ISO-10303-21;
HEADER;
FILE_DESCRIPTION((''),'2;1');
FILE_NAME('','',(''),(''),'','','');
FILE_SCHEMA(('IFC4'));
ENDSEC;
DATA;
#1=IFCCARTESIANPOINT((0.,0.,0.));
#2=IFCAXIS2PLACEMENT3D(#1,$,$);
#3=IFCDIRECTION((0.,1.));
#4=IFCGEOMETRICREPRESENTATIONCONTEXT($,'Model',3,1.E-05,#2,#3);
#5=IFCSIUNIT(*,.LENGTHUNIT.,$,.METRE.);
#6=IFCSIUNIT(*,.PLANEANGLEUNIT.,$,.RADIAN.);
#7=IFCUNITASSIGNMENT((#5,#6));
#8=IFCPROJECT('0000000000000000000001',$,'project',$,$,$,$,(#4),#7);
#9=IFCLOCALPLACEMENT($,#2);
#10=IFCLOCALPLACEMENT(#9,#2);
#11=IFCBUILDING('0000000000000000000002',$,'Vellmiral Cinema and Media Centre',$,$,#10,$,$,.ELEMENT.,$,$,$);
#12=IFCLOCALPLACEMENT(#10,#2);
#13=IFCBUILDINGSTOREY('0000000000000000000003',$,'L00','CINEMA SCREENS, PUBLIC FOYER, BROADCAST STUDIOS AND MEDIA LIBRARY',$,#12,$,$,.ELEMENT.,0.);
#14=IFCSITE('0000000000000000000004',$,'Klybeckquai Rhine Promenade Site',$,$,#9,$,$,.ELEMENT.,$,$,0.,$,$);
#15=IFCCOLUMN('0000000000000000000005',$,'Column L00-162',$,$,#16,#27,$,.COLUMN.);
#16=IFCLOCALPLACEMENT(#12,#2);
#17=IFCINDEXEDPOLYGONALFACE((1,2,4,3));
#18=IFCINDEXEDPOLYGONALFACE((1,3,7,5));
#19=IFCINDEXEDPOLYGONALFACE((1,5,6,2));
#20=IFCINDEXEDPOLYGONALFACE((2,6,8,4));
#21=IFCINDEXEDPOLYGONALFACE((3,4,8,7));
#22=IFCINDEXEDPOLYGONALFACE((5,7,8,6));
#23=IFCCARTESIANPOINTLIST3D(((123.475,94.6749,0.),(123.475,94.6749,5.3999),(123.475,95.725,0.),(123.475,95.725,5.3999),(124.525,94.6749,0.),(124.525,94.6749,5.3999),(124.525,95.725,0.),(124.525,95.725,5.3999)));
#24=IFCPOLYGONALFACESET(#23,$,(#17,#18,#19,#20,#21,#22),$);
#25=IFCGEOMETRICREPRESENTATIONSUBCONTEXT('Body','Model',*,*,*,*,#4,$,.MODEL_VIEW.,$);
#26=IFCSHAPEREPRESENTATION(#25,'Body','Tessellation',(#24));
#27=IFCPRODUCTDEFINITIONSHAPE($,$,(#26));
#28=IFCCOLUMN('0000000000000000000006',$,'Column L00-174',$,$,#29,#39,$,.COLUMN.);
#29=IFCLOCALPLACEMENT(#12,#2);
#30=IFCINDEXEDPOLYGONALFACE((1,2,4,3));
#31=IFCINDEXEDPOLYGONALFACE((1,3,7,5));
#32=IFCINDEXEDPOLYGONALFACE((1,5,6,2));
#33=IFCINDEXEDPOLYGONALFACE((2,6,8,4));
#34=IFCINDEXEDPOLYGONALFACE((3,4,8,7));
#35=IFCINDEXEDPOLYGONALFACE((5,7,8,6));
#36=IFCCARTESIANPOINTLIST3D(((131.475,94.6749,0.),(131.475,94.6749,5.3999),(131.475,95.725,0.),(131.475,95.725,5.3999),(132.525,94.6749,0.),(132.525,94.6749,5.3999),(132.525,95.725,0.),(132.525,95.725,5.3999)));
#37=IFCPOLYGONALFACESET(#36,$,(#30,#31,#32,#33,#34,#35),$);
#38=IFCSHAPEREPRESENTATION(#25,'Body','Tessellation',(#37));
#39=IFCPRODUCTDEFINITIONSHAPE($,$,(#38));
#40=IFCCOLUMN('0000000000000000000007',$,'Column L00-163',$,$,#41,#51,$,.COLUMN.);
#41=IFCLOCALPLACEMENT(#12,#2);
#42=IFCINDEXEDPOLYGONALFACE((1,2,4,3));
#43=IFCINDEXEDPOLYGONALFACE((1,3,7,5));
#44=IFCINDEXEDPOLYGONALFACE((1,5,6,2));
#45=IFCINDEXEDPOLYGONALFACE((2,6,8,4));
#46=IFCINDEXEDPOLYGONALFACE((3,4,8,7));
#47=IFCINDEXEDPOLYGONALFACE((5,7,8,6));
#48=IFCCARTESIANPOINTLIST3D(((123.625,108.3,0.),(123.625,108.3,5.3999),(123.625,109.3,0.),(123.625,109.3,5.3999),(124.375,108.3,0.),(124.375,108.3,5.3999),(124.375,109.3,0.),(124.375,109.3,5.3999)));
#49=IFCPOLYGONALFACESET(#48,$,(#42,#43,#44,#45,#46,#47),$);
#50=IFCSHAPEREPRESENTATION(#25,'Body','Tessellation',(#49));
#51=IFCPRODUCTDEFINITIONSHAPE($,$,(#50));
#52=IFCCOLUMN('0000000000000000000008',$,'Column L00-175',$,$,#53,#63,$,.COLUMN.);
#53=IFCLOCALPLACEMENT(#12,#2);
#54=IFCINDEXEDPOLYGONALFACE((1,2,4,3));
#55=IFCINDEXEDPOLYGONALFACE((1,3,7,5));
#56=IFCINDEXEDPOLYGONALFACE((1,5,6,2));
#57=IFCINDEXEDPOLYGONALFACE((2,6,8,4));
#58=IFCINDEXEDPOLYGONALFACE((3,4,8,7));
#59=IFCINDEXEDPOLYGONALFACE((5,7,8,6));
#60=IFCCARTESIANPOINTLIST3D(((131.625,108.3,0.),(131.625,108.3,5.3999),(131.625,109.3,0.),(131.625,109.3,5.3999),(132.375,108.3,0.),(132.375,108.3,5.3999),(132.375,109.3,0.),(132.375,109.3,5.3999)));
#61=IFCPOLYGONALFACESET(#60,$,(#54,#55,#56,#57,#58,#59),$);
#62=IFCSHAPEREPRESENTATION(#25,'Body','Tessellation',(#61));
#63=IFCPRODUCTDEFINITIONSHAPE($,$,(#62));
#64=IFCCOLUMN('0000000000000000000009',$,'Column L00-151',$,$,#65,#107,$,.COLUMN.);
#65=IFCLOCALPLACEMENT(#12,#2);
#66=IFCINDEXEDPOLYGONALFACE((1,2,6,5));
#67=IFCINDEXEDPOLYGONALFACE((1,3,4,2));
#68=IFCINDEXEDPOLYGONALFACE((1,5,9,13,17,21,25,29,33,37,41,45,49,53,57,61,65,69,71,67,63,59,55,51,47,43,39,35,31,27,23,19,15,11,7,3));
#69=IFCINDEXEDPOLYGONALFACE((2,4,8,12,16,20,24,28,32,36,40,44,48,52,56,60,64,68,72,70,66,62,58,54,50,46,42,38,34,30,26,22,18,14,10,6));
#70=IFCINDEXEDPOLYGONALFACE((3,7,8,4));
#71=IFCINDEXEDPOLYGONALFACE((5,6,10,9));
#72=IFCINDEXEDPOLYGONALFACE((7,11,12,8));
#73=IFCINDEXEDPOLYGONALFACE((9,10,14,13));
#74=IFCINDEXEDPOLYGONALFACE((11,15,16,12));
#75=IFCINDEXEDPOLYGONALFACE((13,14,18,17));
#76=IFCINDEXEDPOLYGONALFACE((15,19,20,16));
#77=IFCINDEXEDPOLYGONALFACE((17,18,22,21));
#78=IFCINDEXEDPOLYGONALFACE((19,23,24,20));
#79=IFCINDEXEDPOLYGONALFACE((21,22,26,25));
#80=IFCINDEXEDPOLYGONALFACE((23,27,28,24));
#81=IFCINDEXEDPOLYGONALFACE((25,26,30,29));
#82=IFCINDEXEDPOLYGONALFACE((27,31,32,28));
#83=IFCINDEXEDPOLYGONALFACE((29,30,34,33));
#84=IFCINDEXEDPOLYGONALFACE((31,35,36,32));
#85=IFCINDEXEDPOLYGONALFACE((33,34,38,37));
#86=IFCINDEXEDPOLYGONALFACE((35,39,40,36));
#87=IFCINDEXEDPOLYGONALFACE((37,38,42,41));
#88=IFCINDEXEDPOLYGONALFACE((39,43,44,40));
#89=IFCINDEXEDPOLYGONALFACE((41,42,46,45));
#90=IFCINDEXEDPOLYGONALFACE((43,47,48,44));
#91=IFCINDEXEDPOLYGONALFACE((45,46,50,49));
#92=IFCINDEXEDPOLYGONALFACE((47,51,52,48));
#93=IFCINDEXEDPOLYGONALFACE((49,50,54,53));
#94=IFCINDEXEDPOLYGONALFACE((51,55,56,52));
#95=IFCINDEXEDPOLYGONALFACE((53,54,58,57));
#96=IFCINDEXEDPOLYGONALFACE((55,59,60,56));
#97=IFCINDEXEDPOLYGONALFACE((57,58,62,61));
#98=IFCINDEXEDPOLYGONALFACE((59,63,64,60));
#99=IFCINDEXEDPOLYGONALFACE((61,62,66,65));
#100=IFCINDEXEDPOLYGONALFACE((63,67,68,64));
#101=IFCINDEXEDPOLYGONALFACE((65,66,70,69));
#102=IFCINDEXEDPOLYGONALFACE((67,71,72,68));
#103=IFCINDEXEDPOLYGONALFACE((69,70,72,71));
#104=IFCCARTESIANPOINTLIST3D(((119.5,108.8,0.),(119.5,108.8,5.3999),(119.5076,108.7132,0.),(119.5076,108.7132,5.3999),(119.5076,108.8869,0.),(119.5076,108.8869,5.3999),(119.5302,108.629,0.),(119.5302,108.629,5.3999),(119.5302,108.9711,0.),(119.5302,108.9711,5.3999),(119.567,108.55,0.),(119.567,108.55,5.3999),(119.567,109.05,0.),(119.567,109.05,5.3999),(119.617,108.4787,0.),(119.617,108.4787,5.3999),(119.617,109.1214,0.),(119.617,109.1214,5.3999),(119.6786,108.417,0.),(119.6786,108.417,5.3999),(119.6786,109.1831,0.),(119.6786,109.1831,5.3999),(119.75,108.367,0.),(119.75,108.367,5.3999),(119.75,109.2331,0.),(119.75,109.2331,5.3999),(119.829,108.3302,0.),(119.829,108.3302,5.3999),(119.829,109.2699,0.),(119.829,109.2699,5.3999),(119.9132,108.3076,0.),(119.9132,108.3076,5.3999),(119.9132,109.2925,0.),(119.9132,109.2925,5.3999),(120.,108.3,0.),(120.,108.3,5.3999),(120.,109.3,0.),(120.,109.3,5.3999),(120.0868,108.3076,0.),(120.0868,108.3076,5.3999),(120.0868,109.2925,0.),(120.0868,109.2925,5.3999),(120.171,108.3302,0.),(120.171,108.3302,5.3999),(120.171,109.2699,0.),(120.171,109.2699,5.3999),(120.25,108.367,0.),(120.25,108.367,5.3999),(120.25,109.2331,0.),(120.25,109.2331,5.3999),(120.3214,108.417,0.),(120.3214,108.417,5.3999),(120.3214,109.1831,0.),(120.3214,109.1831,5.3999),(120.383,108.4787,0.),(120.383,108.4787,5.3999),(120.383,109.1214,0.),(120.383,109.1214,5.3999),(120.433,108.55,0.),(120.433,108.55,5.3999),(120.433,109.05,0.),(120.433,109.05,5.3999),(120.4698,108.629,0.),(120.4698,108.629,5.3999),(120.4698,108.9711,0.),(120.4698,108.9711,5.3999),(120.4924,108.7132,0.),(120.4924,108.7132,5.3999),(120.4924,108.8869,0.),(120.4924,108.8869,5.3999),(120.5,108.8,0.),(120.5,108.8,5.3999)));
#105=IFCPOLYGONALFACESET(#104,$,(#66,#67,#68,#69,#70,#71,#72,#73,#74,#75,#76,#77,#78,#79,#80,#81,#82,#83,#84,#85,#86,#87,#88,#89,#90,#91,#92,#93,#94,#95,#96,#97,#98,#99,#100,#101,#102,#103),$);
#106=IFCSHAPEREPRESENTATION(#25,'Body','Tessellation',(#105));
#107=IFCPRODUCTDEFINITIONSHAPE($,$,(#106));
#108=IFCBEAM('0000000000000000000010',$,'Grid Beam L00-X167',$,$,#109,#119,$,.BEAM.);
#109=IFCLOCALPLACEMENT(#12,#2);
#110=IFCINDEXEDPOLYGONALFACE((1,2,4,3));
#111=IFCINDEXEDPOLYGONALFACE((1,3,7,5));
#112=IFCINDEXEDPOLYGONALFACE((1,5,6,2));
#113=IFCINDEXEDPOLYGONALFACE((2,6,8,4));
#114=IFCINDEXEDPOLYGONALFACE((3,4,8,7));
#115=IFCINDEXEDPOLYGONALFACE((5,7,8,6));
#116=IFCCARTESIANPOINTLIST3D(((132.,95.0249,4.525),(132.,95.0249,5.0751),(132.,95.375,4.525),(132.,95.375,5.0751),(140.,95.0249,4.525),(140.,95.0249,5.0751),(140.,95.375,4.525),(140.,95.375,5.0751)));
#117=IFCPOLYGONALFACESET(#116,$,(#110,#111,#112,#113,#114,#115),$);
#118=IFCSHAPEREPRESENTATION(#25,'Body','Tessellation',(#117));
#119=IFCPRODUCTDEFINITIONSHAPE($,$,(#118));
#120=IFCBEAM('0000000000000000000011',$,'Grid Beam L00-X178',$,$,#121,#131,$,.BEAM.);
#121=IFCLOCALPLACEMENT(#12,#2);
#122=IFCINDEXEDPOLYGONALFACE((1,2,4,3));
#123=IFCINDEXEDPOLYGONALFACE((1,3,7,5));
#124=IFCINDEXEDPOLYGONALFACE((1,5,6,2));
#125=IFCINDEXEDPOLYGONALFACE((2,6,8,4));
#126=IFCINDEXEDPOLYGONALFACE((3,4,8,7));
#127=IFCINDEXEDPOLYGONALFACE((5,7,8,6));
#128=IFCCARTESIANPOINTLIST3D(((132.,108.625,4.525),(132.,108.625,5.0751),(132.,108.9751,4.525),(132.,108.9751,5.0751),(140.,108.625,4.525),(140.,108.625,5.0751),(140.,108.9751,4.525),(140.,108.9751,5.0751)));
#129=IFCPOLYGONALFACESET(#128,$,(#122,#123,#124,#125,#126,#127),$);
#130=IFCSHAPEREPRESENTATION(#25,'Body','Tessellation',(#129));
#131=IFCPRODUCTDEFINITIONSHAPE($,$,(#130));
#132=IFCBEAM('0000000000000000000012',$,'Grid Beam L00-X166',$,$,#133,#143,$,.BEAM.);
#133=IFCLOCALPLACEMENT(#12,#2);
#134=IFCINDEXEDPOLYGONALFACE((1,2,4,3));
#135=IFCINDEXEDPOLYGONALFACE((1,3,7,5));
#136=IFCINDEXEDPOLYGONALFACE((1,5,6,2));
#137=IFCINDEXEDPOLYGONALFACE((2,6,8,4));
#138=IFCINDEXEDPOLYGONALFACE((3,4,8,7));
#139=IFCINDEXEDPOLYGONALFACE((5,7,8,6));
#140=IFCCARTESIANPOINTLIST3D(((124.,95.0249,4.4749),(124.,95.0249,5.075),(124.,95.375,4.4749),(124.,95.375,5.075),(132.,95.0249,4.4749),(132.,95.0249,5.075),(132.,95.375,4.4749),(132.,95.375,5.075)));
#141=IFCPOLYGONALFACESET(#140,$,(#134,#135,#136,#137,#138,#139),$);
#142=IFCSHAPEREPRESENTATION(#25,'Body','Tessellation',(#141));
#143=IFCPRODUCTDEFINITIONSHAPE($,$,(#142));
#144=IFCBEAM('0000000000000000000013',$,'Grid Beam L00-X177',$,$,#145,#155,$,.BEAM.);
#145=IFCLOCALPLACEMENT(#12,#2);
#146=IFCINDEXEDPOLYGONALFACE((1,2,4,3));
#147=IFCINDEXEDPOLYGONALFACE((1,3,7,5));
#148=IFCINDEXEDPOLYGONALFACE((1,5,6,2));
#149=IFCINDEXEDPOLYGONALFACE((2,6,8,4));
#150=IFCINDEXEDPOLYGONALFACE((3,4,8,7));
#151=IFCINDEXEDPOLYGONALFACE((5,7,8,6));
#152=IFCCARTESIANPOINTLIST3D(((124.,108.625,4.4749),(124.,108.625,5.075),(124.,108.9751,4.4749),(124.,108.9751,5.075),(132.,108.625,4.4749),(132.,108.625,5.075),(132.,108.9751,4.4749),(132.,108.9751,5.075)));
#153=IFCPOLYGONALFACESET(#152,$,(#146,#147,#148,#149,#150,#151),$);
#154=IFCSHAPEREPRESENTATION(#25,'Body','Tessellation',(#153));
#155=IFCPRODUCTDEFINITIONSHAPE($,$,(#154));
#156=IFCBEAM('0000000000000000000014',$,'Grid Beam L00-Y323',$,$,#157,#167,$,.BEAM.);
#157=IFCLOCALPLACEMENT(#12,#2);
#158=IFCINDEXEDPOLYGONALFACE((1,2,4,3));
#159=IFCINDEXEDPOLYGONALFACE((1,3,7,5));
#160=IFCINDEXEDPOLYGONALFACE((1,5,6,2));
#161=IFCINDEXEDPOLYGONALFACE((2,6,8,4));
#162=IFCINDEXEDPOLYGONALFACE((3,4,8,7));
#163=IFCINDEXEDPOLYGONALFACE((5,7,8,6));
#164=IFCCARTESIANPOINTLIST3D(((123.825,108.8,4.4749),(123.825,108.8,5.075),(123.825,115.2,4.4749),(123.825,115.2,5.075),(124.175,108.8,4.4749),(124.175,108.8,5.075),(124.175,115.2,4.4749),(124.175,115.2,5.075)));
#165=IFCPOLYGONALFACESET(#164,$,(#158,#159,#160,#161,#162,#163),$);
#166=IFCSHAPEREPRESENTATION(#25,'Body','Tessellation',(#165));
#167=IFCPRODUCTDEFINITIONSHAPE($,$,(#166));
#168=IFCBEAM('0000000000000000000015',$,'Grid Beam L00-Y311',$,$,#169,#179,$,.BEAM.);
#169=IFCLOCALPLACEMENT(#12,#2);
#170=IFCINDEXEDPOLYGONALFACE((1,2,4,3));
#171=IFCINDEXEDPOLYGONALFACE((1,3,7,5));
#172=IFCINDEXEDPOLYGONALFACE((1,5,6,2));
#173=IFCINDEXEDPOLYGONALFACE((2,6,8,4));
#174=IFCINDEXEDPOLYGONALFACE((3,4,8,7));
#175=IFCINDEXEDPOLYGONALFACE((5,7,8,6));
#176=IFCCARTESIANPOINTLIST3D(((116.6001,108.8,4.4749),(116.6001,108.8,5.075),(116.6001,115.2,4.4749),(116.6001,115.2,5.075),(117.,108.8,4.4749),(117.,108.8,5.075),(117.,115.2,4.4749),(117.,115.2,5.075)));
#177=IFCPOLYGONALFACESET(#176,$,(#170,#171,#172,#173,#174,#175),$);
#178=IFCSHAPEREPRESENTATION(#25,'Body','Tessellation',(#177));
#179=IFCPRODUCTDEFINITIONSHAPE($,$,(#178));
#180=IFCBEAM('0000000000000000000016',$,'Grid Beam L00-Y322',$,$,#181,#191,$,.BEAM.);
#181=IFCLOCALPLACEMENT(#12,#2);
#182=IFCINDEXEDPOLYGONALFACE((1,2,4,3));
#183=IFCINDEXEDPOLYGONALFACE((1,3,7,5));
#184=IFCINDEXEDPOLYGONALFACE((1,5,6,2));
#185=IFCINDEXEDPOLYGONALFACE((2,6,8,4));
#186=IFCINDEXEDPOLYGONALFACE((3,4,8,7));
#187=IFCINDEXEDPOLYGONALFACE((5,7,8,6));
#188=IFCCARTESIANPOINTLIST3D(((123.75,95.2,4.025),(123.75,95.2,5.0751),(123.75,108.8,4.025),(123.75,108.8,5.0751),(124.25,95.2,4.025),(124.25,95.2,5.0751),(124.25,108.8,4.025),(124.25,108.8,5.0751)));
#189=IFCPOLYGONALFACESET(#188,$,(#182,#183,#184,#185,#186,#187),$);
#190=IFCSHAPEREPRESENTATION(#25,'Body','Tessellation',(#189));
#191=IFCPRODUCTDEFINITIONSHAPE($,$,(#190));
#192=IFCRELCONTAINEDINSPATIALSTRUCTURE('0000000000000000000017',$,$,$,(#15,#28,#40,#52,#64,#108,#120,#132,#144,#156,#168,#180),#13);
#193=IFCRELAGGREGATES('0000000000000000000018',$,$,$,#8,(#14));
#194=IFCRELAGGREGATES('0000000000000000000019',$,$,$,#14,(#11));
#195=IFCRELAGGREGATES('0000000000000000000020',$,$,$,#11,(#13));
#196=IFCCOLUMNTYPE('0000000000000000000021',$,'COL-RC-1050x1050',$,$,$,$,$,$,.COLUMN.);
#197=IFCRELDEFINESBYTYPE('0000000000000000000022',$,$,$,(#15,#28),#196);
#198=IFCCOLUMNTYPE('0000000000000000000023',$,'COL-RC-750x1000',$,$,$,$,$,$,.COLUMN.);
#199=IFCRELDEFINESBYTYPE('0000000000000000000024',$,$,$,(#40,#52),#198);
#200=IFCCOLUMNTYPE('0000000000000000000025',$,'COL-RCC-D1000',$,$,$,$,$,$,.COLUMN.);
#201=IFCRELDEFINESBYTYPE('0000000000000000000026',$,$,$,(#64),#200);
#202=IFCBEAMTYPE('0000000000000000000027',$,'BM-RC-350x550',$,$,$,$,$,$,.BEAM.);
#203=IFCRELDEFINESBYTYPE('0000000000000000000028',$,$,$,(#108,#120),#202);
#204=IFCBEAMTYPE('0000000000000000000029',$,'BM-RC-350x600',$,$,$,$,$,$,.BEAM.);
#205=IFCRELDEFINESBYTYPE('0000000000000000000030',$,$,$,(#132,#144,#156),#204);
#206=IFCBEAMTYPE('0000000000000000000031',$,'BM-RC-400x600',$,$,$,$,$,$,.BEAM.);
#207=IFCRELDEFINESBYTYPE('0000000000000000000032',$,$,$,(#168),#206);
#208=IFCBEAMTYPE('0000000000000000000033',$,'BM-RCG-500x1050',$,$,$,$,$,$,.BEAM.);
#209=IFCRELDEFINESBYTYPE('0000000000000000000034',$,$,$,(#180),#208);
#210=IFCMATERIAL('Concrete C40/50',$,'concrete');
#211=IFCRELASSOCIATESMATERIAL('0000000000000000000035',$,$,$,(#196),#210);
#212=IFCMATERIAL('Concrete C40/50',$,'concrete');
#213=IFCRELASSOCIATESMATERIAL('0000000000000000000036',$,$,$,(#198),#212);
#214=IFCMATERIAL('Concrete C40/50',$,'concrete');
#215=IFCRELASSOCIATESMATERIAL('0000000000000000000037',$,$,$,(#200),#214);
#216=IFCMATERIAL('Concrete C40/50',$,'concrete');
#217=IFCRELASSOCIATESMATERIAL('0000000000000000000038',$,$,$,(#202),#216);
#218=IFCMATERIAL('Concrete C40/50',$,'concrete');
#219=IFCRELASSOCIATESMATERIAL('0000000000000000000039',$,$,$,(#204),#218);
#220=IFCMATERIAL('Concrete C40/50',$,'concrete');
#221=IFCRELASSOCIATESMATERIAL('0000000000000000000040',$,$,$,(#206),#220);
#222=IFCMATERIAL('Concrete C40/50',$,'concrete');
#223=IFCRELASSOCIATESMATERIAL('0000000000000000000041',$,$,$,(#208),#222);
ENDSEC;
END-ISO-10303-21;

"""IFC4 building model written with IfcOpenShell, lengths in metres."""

from ifc_helpers import new_model, si_unit, direction, frame, origin, origin_2d, place, context, subcontext, project, spatial, rectangle, circle, extrude, material, material_profile, profile_set, type_object, element, save


model = new_model("IFC4")

# Units and contexts
model_context = context("Model", 3, precision=1e-05, world=origin(), true_north=direction((0.0, 1.0)))
body_context = subcontext(model_context, "Body", "Model", "MODEL_VIEW")
ifc_project = project(units=[si_unit("LENGTHUNIT", "METRE"), si_unit("PLANEANGLEUNIT", "RADIAN")], contexts=[model_context])

# Site, building, storey
site_placement = place(None, origin())
site = spatial("IfcSite", under=ifc_project, at=site_placement, Name="Klybeckquai Rhine Promenade Site", CompositionType="ELEMENT", RefElevation=0.0)
building_placement = place(site_placement, origin())
building = spatial("IfcBuilding", under=site, at=building_placement, Name="Vellmiral Cinema and Media Centre", CompositionType="ELEMENT")
storey_placement = place(building_placement, origin())
storey = spatial("IfcBuildingStorey", under=building, at=storey_placement, Name="L00", Description="CINEMA SCREENS, PUBLIC FOYER, BROADCAST STUDIOS AND MEDIA LIBRARY", CompositionType="ELEMENT", Elevation=0.0)

# Columns
ifc_material_1 = material(Name="Concrete C40/50", Category="concrete")
ifc_material_profile_1 = material_profile(ifc_material_1, rectangle(XDim=1.05, YDim=1.05, at=origin_2d()), Name="RC 1050x1050")
ifc_profile_set_1 = profile_set([ifc_material_profile_1], Name="Concrete C40/50")
column_type_1 = type_object("IfcColumnType", Name="COL-RC-1050x1050", PredefinedType="COLUMN", material=ifc_profile_set_1)
for number, where, z_axis, x_axis, name in (
    (1, (124.0, 95.2, 0.0), (0.0, 0.0, 1.0), (1.0, 0.0, 0.0), "Column L00-162"),
    (2, (132.0, 95.2, 0.0), (0.0, 0.0, 1.0), (1.0, 0.0, 0.0), "Column L00-174"),
):
    element("IfcColumn", number, at=place(storey_placement, frame(where, z_axis=z_axis, x_axis=x_axis)), inside=storey, type_object=column_type_1, Name=name, PredefinedType="COLUMN", context=body_context, shape_type="SweptSolid", body=[
        extrude(rectangle(XDim=1.05, YDim=1.05, at=origin_2d()), origin(), (0.0, 0.0, 1.0), 5.3999),
    ])
ifc_material_2 = material(Name="Concrete C40/50", Category="concrete")
ifc_material_profile_2 = material_profile(ifc_material_2, rectangle(XDim=0.75, YDim=1.0, at=origin_2d()), Name="RC 750x1000")
ifc_profile_set_2 = profile_set([ifc_material_profile_2], Name="Concrete C40/50")
column_type_2 = type_object("IfcColumnType", Name="COL-RC-750x1000", PredefinedType="COLUMN", material=ifc_profile_set_2)
for number, where, z_axis, x_axis, name in (
    (3, (124.0, 108.8, 0.0), (0.0, 0.0, 1.0), (1.0, 0.0, 0.0), "Column L00-163"),
    (4, (132.0, 108.8, 0.0), (0.0, 0.0, 1.0), (1.0, 0.0, 0.0), "Column L00-175"),
):
    element("IfcColumn", number, at=place(storey_placement, frame(where, z_axis=z_axis, x_axis=x_axis)), inside=storey, type_object=column_type_2, Name=name, PredefinedType="COLUMN", context=body_context, shape_type="SweptSolid", body=[
        extrude(rectangle(XDim=0.75, YDim=1.0, at=origin_2d()), origin(), (0.0, 0.0, 1.0), 5.3999),
    ])
ifc_material_3 = material(Name="Concrete C40/50", Category="concrete")
ifc_material_profile_3 = material_profile(ifc_material_3, circle(Radius=0.5, at=origin_2d()), Name="RC D1000")
ifc_profile_set_3 = profile_set([ifc_material_profile_3], Name="Concrete C40/50")
column_type_3 = type_object("IfcColumnType", Name="COL-RCC-D1000", PredefinedType="COLUMN", material=ifc_profile_set_3)
column_placement = place(storey_placement, frame((120.0, 108.8, 0.0), z_axis=(0.0, 0.0, 1.0), x_axis=(1.0, 0.0, 0.0)))
element("IfcColumn", 5, at=column_placement, inside=storey, type_object=column_type_3, Name="Column L00-151", PredefinedType="COLUMN", context=body_context, shape_type="SweptSolid", body=[
    extrude(circle(Radius=0.5, at=origin_2d()), origin(), (0.0, 0.0, 1.0), 5.3999),
])

# Beams
ifc_material_4 = material(Name="Concrete C40/50", Category="concrete")
ifc_material_profile_4 = material_profile(ifc_material_4, rectangle(XDim=0.3501, YDim=0.55, at=origin_2d()), Name="RC 350x550")
ifc_profile_set_4 = profile_set([ifc_material_profile_4], Name="Concrete C40/50")
beam_type_1 = type_object("IfcBeamType", Name="BM-RC-350x550", PredefinedType="BEAM", material=ifc_profile_set_4)
for number, where, z_axis, x_axis, name in (
    (6, (132.0, 95.2, 4.8), (1.0, 0.0, 0.0), (0.0, 1.0, 0.0), "Grid Beam L00-X167"),
    (7, (132.0, 108.8, 4.8), (1.0, 0.0, 0.0), (0.0, 1.0, 0.0), "Grid Beam L00-X178"),
):
    element("IfcBeam", number, at=place(storey_placement, frame(where, z_axis=z_axis, x_axis=x_axis)), inside=storey, type_object=beam_type_1, Name=name, PredefinedType="BEAM", context=body_context, shape_type="SweptSolid", body=[
        extrude(rectangle(XDim=0.3501, YDim=0.55, at=origin_2d()), origin(), (0.0, 0.0, 1.0), 8.0),
    ])
ifc_material_5 = material(Name="Concrete C40/50", Category="concrete")
ifc_material_profile_5 = material_profile(ifc_material_5, rectangle(XDim=0.3501, YDim=0.6001, at=origin_2d()), Name="RC 350x600")
ifc_profile_set_5 = profile_set([ifc_material_profile_5], Name="Concrete C40/50")
beam_type_2 = type_object("IfcBeamType", Name="BM-RC-350x600", PredefinedType="BEAM", material=ifc_profile_set_5)
for number, where, z_axis, x_axis, name in (
    (8, (124.0, 95.2, 4.7749), (1.0, 0.0, 0.0), (0.0, 1.0, 0.0), "Grid Beam L00-X166"),
    (9, (124.0, 108.8, 4.7749), (1.0, 0.0, 0.0), (0.0, 1.0, 0.0), "Grid Beam L00-X177"),
):
    element("IfcBeam", number, at=place(storey_placement, frame(where, z_axis=z_axis, x_axis=x_axis)), inside=storey, type_object=beam_type_2, Name=name, PredefinedType="BEAM", context=body_context, shape_type="SweptSolid", body=[
        extrude(rectangle(XDim=0.3501, YDim=0.6001, at=origin_2d()), origin(), (0.0, 0.0, 1.0), 8.0),
    ])
beam_1_placement = place(storey_placement, frame((124.0, 108.8, 4.7749), z_axis=(0.0, 1.0, 0.0), x_axis=(-1.0, 0.0, 0.0)))
element("IfcBeam", 10, at=beam_1_placement, inside=storey, type_object=beam_type_2, Name="Grid Beam L00-Y323", PredefinedType="BEAM", context=body_context, shape_type="SweptSolid", body=[
    extrude(rectangle(XDim=0.3501, YDim=0.6001, at=origin_2d()), origin(), (0.0, 0.0, 1.0), 6.3999),
])
ifc_material_6 = material(Name="Concrete C40/50", Category="concrete")
ifc_material_profile_6 = material_profile(ifc_material_6, rectangle(XDim=0.3999, YDim=0.6001, at=origin_2d()), Name="RC 400x600")
ifc_profile_set_6 = profile_set([ifc_material_profile_6], Name="Concrete C40/50")
beam_type_3 = type_object("IfcBeamType", Name="BM-RC-400x600", PredefinedType="BEAM", material=ifc_profile_set_6)
beam_2_placement = place(storey_placement, frame((116.8, 108.8, 4.7749), z_axis=(0.0, 1.0, 0.0), x_axis=(-1.0, 0.0, 0.0)))
element("IfcBeam", 11, at=beam_2_placement, inside=storey, type_object=beam_type_3, Name="Grid Beam L00-Y311", PredefinedType="BEAM", context=body_context, shape_type="SweptSolid", body=[
    extrude(rectangle(XDim=0.3999, YDim=0.6001, at=origin_2d()), origin(), (0.0, 0.0, 1.0), 6.3999),
])
ifc_material_7 = material(Name="Concrete C40/50", Category="concrete")
ifc_material_profile_7 = material_profile(ifc_material_7, rectangle(XDim=0.5, YDim=1.05, at=origin_2d()), Name="RC 500x1050")
ifc_profile_set_7 = profile_set([ifc_material_profile_7], Name="Concrete C40/50")
beam_type_4 = type_object("IfcBeamType", Name="BM-RCG-500x1050", PredefinedType="BEAM", material=ifc_profile_set_7)
for number, where, z_axis, x_axis, name in (
    (12, (124.0, 95.2, 4.55), (0.0, 1.0, 0.0), (-1.0, 0.0, 0.0), "Grid Beam L00-Y322"),
):
    element("IfcBeam", number, at=place(storey_placement, frame(where, z_axis=z_axis, x_axis=x_axis)), inside=storey, type_object=beam_type_4, Name=name, PredefinedType="BEAM", context=body_context, shape_type="SweptSolid", body=[
        extrude(rectangle(XDim=0.5, YDim=1.05, at=origin_2d()), origin(), (0.0, 0.0, 1.0), 13.6001),
    ])

save(model, "model.ifc")
